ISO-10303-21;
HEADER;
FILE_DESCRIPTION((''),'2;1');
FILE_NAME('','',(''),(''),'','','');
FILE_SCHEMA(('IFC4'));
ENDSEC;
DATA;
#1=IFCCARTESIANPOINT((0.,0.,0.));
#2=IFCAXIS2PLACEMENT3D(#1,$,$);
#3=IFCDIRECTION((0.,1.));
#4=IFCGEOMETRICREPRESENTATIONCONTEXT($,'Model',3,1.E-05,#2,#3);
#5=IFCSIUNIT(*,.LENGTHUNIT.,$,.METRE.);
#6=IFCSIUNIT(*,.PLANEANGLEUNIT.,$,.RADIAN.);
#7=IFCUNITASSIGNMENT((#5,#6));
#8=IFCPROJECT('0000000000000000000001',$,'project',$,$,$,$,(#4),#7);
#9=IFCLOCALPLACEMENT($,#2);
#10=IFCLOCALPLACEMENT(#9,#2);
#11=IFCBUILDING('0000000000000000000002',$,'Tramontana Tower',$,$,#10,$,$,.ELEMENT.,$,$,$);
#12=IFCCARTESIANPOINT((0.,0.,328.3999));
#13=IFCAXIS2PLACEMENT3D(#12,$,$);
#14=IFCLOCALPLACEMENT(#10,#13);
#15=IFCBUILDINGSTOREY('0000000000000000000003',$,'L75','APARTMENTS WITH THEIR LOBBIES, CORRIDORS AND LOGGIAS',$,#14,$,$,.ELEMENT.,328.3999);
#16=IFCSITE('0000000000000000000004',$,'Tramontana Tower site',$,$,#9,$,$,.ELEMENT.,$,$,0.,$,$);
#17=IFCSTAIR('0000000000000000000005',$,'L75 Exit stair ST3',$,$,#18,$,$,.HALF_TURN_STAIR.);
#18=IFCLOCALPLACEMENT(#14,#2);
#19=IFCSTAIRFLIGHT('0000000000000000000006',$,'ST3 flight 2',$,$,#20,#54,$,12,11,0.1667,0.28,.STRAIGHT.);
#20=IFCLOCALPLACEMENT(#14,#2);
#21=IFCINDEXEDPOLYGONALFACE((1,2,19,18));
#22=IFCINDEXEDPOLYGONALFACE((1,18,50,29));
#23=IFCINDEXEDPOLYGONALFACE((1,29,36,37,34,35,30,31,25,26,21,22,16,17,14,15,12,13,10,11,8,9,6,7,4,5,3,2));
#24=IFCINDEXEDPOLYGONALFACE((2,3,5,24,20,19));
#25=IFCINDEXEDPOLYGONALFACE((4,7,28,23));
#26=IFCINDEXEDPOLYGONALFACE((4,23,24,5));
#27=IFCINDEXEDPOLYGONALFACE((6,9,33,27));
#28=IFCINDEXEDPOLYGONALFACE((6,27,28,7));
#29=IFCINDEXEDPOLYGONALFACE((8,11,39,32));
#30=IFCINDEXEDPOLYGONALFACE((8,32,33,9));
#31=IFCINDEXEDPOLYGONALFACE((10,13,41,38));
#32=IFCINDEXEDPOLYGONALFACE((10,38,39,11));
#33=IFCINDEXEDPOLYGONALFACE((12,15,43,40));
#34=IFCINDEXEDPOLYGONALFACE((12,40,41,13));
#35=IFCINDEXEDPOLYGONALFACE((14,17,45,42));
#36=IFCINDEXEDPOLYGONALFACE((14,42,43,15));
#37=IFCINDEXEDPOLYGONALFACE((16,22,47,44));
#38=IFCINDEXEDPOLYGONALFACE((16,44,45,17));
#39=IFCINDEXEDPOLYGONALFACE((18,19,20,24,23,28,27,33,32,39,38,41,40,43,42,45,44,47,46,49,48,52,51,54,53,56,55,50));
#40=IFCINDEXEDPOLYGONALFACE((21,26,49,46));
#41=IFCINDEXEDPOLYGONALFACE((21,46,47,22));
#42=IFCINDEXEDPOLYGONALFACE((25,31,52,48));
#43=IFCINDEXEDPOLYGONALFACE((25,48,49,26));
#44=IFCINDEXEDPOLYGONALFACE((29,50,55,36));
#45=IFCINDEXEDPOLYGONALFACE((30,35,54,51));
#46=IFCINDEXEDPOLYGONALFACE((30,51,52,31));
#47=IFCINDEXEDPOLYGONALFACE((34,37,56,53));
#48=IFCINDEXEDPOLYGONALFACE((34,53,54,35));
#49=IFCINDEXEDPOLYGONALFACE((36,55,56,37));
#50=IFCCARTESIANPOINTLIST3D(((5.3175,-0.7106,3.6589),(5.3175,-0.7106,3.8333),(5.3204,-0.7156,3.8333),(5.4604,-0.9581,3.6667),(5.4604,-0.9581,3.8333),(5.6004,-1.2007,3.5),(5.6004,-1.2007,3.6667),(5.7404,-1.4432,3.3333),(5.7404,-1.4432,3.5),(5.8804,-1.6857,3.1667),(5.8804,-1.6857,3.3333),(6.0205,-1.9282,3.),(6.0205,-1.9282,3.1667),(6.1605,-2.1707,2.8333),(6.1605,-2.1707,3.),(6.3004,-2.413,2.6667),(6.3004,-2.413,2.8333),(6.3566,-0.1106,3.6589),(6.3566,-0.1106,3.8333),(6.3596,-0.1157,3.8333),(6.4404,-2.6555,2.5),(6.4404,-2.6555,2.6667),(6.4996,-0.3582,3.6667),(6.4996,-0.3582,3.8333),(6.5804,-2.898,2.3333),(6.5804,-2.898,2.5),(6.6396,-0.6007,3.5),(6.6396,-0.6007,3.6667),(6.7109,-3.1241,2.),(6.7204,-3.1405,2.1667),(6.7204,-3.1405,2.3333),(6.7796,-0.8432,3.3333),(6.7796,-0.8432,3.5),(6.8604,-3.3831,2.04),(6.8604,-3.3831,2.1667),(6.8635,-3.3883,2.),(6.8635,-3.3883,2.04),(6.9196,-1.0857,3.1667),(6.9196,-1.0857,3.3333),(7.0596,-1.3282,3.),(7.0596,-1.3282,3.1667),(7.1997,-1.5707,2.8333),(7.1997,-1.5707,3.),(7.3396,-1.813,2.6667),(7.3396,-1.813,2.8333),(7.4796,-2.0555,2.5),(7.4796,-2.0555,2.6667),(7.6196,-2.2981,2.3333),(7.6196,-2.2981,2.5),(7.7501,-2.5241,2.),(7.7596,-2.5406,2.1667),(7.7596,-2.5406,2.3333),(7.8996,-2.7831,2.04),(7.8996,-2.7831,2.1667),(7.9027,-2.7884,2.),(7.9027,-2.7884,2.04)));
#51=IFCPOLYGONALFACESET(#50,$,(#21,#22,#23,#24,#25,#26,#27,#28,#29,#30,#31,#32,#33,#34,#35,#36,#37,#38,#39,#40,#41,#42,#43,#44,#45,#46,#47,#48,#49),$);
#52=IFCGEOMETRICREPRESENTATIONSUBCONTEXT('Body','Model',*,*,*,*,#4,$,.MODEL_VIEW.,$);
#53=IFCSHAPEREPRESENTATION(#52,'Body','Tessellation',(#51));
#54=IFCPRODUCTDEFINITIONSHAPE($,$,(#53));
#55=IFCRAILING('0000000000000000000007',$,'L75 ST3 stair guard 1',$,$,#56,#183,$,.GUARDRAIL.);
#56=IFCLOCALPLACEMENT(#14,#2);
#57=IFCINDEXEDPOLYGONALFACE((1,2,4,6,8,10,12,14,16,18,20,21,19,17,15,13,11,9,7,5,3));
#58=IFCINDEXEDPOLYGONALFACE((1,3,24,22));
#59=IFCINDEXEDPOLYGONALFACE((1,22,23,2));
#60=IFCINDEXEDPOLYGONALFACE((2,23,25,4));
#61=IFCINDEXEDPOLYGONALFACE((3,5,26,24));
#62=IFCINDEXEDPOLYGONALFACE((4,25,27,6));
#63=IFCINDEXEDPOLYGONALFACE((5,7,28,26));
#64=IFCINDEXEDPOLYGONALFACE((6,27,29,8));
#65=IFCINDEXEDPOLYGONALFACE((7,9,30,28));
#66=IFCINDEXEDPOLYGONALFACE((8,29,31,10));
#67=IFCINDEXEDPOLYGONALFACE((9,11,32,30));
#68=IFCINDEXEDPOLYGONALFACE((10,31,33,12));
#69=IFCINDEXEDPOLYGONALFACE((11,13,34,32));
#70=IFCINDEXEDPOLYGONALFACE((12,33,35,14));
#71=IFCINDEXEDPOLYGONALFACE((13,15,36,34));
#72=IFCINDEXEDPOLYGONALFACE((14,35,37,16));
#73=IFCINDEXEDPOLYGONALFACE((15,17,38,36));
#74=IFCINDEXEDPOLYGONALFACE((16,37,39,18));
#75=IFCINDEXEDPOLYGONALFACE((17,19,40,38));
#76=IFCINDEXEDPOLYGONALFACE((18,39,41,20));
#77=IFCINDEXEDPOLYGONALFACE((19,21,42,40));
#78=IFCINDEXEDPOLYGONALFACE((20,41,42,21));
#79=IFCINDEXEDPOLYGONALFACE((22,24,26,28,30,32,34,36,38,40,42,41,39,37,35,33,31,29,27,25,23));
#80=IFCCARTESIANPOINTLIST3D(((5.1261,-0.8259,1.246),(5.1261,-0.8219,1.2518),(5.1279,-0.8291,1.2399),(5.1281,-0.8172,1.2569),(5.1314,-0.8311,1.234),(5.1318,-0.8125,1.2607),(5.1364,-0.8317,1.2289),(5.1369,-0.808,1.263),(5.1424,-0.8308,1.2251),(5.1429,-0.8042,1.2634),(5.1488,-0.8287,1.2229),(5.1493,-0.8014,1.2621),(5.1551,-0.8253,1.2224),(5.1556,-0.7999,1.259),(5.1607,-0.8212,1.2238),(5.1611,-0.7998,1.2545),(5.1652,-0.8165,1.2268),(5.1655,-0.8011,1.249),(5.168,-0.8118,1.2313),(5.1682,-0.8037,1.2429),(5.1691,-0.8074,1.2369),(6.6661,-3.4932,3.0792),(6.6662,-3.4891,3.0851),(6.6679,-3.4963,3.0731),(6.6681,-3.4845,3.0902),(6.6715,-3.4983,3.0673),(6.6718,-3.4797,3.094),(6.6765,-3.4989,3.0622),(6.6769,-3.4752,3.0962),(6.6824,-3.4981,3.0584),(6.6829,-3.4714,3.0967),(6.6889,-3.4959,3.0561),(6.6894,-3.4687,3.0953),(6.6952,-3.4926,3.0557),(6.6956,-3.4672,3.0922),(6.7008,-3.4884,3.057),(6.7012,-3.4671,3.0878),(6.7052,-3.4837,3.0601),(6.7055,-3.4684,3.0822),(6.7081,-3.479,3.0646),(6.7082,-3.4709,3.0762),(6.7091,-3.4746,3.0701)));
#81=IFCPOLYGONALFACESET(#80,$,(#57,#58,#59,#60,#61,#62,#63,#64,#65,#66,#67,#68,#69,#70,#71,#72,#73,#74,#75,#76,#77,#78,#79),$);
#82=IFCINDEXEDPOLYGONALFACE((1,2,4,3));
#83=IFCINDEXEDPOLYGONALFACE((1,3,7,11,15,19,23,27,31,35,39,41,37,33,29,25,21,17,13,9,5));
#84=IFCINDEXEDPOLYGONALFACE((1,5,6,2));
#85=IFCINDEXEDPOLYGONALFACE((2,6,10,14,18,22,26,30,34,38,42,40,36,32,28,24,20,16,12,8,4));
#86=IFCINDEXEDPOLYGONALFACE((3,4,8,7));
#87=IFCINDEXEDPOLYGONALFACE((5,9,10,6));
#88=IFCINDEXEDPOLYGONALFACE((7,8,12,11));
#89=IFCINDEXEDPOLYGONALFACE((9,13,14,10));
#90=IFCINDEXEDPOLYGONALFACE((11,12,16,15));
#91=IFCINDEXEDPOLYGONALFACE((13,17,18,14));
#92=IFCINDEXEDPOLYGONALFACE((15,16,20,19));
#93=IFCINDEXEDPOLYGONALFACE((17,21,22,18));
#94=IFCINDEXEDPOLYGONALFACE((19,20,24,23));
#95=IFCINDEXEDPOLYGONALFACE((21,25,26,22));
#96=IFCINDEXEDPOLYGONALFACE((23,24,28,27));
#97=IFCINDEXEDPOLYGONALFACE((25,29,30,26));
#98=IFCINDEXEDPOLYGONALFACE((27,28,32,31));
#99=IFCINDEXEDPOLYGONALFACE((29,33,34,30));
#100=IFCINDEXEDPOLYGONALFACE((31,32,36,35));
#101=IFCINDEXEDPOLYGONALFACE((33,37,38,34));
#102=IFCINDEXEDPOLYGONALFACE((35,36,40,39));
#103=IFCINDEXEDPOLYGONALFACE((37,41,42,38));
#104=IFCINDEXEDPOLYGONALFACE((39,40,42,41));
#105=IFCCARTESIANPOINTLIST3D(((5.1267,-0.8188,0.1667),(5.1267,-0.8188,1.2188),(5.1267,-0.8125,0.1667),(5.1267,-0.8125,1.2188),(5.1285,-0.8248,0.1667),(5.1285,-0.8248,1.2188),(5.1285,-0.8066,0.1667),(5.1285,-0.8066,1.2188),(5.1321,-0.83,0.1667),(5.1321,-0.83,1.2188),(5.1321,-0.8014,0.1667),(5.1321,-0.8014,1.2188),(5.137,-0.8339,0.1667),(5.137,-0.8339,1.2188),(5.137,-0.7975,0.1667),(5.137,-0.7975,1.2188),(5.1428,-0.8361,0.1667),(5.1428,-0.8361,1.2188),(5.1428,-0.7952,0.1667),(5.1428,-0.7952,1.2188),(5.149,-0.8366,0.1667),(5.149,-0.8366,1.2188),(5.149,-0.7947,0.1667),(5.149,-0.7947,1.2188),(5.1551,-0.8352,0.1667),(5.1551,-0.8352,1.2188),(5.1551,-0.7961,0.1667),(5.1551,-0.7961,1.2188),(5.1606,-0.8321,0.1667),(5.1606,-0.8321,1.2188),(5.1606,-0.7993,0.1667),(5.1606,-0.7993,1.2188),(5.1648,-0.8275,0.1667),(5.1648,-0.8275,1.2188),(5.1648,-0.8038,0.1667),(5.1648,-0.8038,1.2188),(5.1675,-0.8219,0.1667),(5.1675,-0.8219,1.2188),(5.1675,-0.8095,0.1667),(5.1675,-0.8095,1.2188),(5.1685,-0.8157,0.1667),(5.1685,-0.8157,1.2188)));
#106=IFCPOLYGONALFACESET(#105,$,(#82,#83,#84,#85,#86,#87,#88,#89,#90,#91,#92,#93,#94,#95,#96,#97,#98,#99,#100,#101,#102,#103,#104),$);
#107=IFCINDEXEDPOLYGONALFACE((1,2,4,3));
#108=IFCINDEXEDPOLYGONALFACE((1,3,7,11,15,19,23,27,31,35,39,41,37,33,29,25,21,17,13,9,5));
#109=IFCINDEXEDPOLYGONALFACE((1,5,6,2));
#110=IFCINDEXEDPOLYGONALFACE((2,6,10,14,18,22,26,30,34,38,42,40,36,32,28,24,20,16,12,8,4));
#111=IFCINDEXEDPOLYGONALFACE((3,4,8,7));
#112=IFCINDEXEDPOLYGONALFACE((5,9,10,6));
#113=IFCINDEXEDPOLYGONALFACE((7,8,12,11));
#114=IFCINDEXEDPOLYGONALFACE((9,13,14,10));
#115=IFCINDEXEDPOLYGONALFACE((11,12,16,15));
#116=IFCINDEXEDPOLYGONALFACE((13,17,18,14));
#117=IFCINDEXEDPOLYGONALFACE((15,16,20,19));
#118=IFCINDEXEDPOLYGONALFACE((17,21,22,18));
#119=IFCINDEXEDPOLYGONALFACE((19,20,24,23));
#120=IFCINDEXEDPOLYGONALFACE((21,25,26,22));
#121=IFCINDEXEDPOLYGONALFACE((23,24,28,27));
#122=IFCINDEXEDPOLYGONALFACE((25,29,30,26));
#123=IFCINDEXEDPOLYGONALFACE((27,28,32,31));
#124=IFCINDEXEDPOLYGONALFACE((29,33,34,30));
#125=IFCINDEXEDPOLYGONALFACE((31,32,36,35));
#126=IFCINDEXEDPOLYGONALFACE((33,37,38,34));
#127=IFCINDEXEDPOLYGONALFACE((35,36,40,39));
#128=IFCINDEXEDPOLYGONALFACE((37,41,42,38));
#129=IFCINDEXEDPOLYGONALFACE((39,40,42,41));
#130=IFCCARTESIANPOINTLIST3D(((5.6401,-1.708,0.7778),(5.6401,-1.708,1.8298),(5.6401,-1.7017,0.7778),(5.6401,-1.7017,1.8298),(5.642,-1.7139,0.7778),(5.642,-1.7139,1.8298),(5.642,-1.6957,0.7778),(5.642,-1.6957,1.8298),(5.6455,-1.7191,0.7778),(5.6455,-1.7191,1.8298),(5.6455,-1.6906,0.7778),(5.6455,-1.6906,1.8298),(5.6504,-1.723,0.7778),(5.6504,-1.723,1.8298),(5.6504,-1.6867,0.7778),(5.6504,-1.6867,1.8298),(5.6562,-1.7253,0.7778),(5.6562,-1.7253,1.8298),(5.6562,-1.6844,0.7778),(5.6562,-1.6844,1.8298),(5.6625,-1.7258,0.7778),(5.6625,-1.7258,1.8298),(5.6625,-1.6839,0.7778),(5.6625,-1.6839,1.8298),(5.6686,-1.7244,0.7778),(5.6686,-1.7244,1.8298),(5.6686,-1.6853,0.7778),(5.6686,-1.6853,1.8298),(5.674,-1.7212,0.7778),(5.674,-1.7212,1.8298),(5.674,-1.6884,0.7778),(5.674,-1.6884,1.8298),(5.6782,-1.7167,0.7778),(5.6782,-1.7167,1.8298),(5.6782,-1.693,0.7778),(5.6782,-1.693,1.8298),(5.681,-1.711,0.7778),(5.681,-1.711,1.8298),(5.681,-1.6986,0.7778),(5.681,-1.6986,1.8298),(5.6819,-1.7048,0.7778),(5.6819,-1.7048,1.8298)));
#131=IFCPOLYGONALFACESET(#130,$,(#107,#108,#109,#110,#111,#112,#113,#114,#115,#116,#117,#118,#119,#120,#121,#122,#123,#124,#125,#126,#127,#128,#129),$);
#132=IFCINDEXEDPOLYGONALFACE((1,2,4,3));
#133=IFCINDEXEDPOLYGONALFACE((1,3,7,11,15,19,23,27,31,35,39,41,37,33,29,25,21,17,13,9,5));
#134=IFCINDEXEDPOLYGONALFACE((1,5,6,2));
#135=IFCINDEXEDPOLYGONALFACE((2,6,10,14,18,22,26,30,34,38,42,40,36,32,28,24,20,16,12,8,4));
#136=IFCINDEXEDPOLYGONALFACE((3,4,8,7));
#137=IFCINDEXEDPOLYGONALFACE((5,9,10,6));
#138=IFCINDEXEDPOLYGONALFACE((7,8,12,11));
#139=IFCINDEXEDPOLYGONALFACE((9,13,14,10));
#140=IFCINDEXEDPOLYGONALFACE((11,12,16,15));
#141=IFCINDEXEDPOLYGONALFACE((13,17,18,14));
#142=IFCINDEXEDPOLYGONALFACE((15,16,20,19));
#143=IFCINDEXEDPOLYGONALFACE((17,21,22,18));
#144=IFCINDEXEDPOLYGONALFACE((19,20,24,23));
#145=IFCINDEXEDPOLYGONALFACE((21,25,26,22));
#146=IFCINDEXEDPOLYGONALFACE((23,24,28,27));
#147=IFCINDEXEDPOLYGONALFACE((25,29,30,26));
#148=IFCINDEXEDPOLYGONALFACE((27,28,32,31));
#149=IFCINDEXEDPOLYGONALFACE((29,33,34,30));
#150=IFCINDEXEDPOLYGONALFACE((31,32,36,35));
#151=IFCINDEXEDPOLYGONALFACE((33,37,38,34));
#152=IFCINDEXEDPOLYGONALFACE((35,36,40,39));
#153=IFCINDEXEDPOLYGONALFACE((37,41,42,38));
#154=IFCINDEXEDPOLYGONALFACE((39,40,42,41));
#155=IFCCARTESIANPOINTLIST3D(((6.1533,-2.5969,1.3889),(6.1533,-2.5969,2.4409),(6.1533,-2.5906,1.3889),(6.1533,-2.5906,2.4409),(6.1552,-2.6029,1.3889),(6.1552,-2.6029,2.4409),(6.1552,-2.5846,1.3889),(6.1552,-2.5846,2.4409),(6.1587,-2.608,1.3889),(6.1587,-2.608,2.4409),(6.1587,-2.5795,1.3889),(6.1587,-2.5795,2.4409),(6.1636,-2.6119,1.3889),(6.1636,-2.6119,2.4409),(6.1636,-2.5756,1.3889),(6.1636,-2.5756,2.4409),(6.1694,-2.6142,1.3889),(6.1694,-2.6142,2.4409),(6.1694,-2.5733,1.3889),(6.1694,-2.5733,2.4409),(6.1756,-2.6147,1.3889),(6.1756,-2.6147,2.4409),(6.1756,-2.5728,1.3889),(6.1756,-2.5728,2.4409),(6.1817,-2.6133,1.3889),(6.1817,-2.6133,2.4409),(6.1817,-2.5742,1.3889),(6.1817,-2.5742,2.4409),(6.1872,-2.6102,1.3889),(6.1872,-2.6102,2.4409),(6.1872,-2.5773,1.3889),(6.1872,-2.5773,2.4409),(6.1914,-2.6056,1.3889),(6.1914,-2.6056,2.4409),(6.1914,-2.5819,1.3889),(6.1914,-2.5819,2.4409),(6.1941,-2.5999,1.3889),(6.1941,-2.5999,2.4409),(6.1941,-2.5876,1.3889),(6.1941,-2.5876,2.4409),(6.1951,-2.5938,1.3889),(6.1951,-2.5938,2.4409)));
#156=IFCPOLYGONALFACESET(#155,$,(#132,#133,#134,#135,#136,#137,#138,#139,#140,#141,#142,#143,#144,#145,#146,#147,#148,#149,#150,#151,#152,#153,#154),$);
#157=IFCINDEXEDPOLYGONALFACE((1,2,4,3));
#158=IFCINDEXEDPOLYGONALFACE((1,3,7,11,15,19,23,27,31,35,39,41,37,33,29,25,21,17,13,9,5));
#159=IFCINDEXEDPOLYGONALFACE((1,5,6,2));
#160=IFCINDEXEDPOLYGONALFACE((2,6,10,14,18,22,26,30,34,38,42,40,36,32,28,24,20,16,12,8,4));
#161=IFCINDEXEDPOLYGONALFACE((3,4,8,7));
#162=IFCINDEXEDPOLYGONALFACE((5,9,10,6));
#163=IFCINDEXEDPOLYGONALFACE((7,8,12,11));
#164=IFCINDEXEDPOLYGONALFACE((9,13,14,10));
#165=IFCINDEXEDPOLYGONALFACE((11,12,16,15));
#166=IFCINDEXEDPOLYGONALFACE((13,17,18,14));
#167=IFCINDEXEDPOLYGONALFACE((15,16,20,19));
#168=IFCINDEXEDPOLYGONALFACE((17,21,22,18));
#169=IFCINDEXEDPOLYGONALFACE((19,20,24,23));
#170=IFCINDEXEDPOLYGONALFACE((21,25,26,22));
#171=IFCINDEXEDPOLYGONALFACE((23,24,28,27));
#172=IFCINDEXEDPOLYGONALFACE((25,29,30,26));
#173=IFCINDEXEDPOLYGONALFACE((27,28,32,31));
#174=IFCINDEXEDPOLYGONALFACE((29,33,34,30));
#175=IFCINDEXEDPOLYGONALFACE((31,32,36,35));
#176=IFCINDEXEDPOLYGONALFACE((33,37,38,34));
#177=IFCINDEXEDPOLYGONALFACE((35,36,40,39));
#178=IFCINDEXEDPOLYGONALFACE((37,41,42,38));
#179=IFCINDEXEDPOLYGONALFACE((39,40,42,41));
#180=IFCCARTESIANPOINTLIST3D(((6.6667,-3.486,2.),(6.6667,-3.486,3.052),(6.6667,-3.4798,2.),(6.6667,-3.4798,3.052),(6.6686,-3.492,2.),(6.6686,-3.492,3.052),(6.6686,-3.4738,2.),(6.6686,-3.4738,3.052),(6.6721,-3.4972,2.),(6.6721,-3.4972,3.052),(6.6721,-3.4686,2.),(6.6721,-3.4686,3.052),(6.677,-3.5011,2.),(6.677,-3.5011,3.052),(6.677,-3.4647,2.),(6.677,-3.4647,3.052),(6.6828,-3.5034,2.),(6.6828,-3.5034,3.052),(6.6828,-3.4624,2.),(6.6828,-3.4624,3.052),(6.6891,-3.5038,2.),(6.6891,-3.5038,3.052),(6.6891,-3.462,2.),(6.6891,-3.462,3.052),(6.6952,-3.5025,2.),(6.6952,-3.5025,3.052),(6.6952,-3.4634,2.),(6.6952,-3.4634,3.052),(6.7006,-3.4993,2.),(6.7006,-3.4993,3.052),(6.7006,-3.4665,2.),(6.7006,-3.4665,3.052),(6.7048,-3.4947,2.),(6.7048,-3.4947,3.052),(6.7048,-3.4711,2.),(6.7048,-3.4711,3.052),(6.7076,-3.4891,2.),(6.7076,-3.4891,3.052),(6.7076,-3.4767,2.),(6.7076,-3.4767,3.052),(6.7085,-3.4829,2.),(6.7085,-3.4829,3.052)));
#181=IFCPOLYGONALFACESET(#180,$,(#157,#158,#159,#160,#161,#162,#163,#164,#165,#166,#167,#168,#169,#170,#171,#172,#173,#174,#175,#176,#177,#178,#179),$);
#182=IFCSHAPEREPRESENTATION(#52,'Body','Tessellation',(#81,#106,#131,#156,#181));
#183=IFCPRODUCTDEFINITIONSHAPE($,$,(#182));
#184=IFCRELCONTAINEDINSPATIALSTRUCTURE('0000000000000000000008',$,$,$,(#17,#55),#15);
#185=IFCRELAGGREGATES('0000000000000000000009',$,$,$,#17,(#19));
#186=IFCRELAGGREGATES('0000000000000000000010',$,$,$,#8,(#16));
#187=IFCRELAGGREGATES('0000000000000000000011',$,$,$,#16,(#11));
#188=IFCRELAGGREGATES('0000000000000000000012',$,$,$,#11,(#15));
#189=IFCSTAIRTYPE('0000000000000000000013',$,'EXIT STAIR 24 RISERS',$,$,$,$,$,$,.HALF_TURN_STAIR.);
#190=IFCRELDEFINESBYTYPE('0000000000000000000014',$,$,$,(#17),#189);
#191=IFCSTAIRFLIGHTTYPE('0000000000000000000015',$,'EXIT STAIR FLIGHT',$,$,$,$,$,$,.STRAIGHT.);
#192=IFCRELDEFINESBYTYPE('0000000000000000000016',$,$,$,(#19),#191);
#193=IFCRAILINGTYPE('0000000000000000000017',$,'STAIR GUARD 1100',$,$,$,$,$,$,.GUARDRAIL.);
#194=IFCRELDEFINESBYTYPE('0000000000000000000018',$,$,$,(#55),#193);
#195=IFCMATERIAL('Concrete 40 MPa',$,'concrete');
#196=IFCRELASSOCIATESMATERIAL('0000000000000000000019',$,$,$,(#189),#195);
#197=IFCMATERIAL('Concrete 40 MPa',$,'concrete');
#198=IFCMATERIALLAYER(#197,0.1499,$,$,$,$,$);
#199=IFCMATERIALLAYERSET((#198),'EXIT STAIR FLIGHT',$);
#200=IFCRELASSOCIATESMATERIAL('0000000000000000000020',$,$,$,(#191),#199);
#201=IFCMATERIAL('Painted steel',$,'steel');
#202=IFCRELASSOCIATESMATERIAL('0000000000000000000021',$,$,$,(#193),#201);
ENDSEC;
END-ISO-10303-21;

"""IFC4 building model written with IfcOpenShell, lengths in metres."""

from ifc_helpers import new_model, si_unit, direction, frame, origin, origin_2d, place, context, subcontext, project, spatial, polyline, circle, outline, extrude, material, layer, layer_set, type_object, element, aggregate, save


model = new_model("IFC4")

# Units and contexts
model_context = context("Model", 3, precision=1e-05, world=origin(), true_north=direction((0.0, 1.0)))
body_context = subcontext(model_context, "Body", "Model", "MODEL_VIEW")
ifc_project = project(units=[si_unit("LENGTHUNIT", "METRE"), si_unit("PLANEANGLEUNIT", "RADIAN")], contexts=[model_context])

# Site, building, storey
site_placement = place(None, origin())
site = spatial("IfcSite", under=ifc_project, at=site_placement, Name="Tramontana Tower site", CompositionType="ELEMENT", RefElevation=0.0)
building_placement = place(site_placement, origin())
building = spatial("IfcBuilding", under=site, at=building_placement, Name="Tramontana Tower", CompositionType="ELEMENT")
storey_placement = place(building_placement, frame((0.0, 0.0, 328.3999)))
storey = spatial("IfcBuildingStorey", under=building, at=storey_placement, Name="L75", Description="APARTMENTS WITH THEIR LOBBIES, CORRIDORS AND LOGGIAS", CompositionType="ELEMENT", Elevation=328.3999)

# Stair, stair flight
ifc_material_1 = material(Name="Concrete 40 MPa", Category="concrete")
stair_type = type_object("IfcStairType", Name="EXIT STAIR 24 RISERS", PredefinedType="HALF_TURN_STAIR", material=ifc_material_1)
stair_placement = place(storey_placement, origin())
stair = element("IfcStair", 1, at=stair_placement, inside=storey, type_object=stair_type, Name="L75 Exit stair ST3", PredefinedType="HALF_TURN_STAIR")
ifc_material_2 = material(Name="Concrete 40 MPa", Category="concrete")
ifc_layer_1 = layer(ifc_material_2, 0.1499)
ifc_layer_set_1 = layer_set([ifc_layer_1], Name="EXIT STAIR FLIGHT")
stair_flight_type = type_object("IfcStairFlightType", Name="EXIT STAIR FLIGHT", PredefinedType="STRAIGHT", material=ifc_layer_set_1)
stair_flight_1_placement = place(storey_placement, frame((7.3801, -3.083, 2.0), z_axis=(0.0, 0.0, 1.0), x_axis=(-0.5, 0.866025, 0.0)))
stair_flight_1 = element("IfcStairFlight", 2, at=stair_flight_1_placement, type_object=stair_flight_type, Name="ST3 flight 2", NumberOfRisers=12, NumberOfTreads=11, PredefinedType="STRAIGHT", RiserHeight=0.1667, TreadLength=0.28, context=body_context, shape_type="SweptSolid", body=[
    extrude(outline(polyline([(-0.0061, 0.0), (-0.0061, 0.04), (0.0, 0.04), (0.0, 0.1667), (0.28, 0.1667), (0.28, 0.3333), (0.5601, 0.3333), (0.5601, 0.5), (0.8401, 0.5), (0.8401, 0.6667), (1.1201, 0.6667), (1.1201, 0.8333), (1.3999, 0.8333), (1.3999, 1.0), (1.6799, 1.0), (1.6799, 1.1667), (1.96, 1.1667), (1.96, 1.3333), (2.24, 1.3333), (2.24, 1.5), (2.52, 1.5), (2.52, 1.6667), (2.8, 1.6667), (2.8, 1.8333), (3.0801, 1.8333), (3.0859, 1.8333), (3.0859, 1.6589), (0.2991, 0.0), (-0.0061, 0.0)])), frame((0.0, 0.6001, 0.0), z_axis=(0.0, -1.0, 0.0), x_axis=(1.0, 0.0, 0.0)), (0.0, 0.0, 1.0), 1.2),
])
aggregate(stair, [stair_flight_1])

# Railing
ifc_material_3 = material(Name="Painted steel", Category="steel")
railing_type_1 = type_object("IfcRailingType", Name="STAIR GUARD 1100", PredefinedType="GUARDRAIL", material=ifc_material_3)
railing_1_placement = place(storey_placement, frame((5.1475, -0.8157, 0.1667)))
element("IfcRailing", 3, at=railing_1_placement, inside=storey, type_object=railing_type_1, Name="L75 ST3 stair guard 1", PredefinedType="GUARDRAIL", context=body_context, shape_type="SweptSolid", body=[
    extrude(circle(Radius=0.0239, at=origin_2d()), frame((0.0, 0.0, 1.0762), z_axis=(0.429671, -0.744159, 0.511478), x_axis=(0.86601, 0.500027, 0.0)), (0.0, 0.0, 1.0), 3.5842),
    extrude(circle(Radius=0.021, at=origin_2d()), origin(), (0.0, 0.0, 1.0), 1.052),
    extrude(circle(Radius=0.021, at=origin_2d()), frame((0.5134, -0.8892, 0.6111)), (0.0, 0.0, 1.0), 1.052),
    extrude(circle(Radius=0.021, at=origin_2d()), frame((1.0266, -1.7781, 1.2222)), (0.0, 0.0, 1.0), 1.052),
    extrude(circle(Radius=0.021, at=origin_2d()), frame((1.54, -2.6672, 1.8333)), (0.0, 0.0, 1.0), 1.052),
])

save(model, "model.ifc")
